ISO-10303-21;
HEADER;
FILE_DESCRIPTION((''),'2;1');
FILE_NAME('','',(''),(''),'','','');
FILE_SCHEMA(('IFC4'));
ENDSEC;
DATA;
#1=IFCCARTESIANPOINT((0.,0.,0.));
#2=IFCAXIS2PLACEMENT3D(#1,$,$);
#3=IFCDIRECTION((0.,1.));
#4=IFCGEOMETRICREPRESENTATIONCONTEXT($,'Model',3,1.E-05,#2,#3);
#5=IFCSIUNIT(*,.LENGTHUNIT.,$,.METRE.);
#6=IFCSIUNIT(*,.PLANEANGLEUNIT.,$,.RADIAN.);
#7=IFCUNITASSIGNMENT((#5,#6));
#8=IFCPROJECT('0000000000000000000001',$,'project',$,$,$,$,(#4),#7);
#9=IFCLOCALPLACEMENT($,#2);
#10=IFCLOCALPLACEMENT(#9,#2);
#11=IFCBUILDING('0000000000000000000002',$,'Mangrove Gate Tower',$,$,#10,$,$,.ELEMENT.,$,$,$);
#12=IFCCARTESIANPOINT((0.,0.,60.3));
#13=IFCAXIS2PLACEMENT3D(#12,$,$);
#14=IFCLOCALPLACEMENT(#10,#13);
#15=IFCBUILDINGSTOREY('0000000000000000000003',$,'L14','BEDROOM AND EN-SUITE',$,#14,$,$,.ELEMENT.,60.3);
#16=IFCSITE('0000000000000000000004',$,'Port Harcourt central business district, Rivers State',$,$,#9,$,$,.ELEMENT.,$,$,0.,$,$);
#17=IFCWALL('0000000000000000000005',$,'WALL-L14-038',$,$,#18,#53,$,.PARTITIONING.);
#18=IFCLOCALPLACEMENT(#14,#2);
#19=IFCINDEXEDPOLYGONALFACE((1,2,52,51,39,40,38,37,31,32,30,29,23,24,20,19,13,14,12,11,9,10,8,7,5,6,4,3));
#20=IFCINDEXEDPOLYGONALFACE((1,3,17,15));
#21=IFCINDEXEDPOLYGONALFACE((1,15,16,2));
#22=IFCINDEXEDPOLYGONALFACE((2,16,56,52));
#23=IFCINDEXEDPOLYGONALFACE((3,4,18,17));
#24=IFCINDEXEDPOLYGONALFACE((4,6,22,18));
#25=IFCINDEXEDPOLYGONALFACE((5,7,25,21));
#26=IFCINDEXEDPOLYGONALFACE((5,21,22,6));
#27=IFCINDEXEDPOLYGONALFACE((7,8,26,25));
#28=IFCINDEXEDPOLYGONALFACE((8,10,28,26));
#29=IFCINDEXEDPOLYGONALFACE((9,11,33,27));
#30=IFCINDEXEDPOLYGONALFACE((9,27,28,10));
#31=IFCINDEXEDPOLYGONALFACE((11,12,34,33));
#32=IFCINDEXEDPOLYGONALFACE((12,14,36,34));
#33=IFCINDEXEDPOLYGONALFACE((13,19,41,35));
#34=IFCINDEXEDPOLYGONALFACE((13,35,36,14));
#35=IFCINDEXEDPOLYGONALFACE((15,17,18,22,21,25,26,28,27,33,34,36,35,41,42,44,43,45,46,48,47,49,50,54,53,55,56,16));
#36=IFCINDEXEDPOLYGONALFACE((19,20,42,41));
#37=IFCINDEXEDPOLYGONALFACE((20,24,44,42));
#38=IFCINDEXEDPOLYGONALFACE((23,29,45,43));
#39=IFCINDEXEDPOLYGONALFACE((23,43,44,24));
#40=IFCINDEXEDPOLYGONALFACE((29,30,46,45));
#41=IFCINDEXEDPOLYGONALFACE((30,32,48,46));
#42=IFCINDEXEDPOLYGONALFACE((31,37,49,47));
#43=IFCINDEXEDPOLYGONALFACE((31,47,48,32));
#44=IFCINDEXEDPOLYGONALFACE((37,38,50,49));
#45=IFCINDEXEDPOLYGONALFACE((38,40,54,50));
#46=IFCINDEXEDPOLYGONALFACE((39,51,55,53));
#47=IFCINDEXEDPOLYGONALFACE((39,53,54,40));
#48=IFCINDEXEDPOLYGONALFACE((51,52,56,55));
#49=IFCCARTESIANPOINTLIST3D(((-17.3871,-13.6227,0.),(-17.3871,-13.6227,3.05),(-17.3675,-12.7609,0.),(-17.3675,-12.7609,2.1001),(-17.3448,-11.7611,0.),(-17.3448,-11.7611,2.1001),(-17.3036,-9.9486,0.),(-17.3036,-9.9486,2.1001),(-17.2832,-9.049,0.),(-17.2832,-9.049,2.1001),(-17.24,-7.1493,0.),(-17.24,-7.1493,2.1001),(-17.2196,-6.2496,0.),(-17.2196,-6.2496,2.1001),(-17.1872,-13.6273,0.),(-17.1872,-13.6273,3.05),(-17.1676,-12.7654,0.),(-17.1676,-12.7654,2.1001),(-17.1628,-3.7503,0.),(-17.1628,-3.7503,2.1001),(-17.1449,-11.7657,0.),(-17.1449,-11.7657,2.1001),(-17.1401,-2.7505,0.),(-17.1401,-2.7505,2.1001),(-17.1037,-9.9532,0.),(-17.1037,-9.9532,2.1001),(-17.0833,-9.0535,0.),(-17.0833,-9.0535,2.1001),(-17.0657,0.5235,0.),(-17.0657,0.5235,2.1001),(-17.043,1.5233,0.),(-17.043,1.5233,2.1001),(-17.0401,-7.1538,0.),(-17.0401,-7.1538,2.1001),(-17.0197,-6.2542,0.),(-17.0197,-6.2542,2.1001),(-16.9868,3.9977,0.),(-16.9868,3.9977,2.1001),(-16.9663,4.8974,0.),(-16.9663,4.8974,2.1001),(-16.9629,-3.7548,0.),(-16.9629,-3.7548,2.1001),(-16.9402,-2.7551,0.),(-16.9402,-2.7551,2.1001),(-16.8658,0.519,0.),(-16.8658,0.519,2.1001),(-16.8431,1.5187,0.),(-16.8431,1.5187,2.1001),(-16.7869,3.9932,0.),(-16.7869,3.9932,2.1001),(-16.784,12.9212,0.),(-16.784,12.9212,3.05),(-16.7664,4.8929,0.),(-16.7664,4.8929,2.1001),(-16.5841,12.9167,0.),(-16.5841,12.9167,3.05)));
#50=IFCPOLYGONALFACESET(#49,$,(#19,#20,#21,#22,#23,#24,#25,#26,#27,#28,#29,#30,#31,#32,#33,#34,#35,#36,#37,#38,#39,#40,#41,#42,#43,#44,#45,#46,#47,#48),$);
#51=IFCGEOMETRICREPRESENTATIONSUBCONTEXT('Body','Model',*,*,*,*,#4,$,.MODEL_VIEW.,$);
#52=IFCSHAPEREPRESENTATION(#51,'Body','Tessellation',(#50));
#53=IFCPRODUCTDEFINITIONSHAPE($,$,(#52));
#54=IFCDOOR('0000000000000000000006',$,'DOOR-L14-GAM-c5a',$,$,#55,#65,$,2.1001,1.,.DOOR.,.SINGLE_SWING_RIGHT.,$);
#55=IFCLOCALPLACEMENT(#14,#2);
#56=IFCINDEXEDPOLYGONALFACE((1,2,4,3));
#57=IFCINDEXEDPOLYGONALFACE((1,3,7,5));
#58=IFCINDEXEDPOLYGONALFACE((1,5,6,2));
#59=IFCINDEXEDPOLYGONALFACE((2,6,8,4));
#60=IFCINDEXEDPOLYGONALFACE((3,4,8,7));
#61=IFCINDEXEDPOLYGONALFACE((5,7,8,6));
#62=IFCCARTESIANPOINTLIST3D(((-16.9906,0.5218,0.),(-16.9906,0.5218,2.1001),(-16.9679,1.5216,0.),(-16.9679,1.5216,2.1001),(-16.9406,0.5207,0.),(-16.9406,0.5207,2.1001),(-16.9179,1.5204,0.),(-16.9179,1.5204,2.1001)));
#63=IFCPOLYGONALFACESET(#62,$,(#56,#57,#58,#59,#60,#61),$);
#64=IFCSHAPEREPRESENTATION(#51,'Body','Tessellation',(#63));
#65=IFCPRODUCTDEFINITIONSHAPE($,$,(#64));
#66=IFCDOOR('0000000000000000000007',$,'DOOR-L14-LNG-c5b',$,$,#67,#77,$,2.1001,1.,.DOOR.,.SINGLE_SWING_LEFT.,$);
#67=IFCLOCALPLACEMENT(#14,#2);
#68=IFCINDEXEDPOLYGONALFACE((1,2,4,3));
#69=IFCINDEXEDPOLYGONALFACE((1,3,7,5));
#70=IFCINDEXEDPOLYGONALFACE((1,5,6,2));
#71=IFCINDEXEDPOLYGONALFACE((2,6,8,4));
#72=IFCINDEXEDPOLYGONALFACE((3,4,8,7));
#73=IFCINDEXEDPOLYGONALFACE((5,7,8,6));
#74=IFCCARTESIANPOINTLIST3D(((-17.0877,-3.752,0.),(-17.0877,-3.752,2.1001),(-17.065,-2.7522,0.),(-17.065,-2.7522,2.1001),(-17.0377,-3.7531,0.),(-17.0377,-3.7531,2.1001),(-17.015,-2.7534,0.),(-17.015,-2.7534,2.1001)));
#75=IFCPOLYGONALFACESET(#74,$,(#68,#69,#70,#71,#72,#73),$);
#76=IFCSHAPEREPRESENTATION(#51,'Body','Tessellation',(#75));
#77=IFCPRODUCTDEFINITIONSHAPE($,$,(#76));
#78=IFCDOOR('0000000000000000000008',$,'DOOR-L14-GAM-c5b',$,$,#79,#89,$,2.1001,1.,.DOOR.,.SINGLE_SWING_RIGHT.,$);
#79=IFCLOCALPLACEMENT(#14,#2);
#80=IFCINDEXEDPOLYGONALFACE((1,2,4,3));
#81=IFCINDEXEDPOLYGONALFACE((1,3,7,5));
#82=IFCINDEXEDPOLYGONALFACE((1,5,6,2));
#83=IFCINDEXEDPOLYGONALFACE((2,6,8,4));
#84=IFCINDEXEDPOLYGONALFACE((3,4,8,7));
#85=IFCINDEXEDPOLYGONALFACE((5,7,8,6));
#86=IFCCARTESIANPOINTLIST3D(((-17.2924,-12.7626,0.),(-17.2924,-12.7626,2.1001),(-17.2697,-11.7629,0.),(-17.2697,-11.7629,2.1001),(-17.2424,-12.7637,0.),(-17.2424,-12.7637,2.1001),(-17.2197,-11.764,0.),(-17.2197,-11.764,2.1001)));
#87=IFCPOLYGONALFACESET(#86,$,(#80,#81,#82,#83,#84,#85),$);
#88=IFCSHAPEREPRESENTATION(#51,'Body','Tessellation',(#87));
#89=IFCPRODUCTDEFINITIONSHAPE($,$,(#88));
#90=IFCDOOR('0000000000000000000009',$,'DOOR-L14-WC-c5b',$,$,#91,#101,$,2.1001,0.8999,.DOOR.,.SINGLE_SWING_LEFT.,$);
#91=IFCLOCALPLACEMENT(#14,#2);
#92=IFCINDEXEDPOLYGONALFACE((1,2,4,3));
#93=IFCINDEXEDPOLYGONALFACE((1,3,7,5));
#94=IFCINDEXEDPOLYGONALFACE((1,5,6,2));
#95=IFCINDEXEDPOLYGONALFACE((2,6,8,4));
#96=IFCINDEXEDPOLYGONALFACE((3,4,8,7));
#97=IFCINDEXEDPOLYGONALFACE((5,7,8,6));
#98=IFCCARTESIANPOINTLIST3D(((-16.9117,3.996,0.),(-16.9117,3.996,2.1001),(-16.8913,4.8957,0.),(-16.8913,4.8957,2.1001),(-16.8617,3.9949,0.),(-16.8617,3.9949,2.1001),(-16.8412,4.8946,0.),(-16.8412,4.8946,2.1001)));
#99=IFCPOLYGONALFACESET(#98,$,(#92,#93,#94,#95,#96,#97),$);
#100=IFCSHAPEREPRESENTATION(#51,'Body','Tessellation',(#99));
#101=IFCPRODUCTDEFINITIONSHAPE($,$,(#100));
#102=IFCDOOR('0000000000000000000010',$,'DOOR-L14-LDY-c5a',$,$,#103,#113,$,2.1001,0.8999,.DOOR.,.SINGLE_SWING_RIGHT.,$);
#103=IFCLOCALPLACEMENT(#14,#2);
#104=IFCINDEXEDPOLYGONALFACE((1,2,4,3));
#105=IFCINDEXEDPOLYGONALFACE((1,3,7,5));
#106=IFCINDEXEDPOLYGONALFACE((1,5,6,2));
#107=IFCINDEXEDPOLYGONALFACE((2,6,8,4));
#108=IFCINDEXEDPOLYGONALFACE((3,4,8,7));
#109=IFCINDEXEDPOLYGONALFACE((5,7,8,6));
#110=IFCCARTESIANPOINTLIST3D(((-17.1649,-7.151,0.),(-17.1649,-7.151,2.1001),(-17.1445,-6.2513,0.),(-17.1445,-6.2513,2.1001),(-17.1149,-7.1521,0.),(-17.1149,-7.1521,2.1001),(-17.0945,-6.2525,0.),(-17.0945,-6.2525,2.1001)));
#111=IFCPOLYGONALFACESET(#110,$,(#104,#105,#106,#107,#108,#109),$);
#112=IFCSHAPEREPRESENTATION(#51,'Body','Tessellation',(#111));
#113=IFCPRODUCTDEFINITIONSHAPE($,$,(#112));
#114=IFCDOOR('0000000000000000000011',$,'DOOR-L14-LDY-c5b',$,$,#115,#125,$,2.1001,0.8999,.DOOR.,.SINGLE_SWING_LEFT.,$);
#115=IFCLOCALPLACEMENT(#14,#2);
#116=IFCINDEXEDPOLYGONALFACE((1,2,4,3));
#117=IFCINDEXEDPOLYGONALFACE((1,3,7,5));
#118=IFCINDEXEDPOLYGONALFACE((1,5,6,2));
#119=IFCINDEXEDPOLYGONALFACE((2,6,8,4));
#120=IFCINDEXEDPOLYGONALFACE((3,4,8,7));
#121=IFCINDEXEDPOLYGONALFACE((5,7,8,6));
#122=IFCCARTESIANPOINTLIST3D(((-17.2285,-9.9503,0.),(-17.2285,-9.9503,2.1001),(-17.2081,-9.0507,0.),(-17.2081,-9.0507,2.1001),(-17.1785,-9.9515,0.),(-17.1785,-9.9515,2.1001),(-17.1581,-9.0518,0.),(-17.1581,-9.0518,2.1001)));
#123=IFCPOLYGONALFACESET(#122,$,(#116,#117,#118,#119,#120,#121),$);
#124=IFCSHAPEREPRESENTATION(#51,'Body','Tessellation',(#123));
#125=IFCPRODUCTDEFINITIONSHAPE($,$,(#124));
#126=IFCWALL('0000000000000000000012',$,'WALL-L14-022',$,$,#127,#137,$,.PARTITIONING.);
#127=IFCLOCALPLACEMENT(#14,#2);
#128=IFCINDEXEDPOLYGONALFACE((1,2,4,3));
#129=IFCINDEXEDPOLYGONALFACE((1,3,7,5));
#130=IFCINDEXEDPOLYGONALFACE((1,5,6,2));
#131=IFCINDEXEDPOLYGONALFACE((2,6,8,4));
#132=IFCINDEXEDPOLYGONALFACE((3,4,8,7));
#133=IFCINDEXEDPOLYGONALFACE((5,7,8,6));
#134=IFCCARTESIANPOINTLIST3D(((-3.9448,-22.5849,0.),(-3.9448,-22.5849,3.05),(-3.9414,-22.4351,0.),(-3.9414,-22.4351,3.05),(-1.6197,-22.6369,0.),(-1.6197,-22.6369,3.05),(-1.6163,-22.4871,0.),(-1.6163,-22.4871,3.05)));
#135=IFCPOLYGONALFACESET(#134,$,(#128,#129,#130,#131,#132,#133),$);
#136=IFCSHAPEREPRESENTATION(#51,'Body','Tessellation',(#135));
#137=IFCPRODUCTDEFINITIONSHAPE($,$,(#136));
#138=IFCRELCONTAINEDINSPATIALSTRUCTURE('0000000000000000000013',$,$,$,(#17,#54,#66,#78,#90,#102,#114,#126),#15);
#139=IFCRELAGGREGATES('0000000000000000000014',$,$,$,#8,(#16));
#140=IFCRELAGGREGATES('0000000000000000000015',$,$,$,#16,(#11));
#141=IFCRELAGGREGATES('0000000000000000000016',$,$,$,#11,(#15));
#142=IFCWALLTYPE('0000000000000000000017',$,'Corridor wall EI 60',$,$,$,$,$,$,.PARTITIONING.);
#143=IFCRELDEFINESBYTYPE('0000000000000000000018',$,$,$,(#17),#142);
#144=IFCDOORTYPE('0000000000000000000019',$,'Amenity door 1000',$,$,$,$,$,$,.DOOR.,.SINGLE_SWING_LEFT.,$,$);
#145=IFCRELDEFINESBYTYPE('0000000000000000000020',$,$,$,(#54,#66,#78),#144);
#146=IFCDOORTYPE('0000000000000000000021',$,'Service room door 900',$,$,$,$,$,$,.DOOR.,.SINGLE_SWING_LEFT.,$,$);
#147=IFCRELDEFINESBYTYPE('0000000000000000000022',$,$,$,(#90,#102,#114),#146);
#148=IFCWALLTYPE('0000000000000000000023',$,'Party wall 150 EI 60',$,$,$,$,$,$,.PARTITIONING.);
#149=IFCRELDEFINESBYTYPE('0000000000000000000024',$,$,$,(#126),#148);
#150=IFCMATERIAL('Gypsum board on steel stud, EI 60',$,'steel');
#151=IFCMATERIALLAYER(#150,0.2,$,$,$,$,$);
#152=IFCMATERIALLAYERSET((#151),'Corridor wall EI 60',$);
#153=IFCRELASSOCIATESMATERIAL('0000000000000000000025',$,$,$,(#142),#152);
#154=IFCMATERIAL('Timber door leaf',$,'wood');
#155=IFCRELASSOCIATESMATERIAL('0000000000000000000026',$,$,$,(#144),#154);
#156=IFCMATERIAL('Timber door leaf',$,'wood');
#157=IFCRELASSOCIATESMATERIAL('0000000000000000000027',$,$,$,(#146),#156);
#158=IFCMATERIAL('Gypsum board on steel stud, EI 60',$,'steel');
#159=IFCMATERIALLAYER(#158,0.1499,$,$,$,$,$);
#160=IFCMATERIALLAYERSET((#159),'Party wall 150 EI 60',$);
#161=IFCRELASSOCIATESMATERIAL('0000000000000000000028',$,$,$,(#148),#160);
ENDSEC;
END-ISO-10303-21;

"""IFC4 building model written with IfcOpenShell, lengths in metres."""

from ifc_helpers import new_model, si_unit, direction, frame, frame_2d, origin, place, context, subcontext, project, spatial, rectangle, extrude, material, layer, layer_set, type_object, element, fill, save


model = new_model("IFC4")

# Units and contexts
model_context = context("Model", 3, precision=1e-05, world=origin(), true_north=direction((0.0, 1.0)))
body_context = subcontext(model_context, "Body", "Model", "MODEL_VIEW")
ifc_project = project(units=[si_unit("LENGTHUNIT", "METRE"), si_unit("PLANEANGLEUNIT", "RADIAN")], contexts=[model_context])

# Site, building, storey
site_placement = place(None, origin())
site = spatial("IfcSite", under=ifc_project, at=site_placement, Name="Port Harcourt central business district, Rivers State", CompositionType="ELEMENT", RefElevation=0.0)
building_placement = place(site_placement, origin())
building = spatial("IfcBuilding", under=site, at=building_placement, Name="Mangrove Gate Tower", CompositionType="ELEMENT")
storey_placement = place(building_placement, frame((0.0, 0.0, 60.3)))
storey = spatial("IfcBuildingStorey", under=building, at=storey_placement, Name="L14", Description="BEDROOM AND EN-SUITE", CompositionType="ELEMENT", Elevation=60.3)

# Wall, openings, doors
ifc_material_1 = material(Name="Gypsum board on steel stud, EI 60", Category="steel")
ifc_layer_1 = layer(ifc_material_1, 0.2)
ifc_layer_set_1 = layer_set([ifc_layer_1], Name="Corridor wall EI 60")
wall_type_1 = type_object("IfcWallType", Name="Corridor wall EI 60", PredefinedType="PARTITIONING", material=ifc_layer_set_1)
wall_1_placement = place(storey_placement, frame((-17.2871, -13.625, 0.0), z_axis=(0.0, 0.0, 1.0), x_axis=(0.022712, 0.999742, 0.0)))
wall_1 = element("IfcWall", 1, at=wall_1_placement, inside=storey, type_object=wall_type_1, Name="WALL-L14-038", PredefinedType="PARTITIONING", context=body_context, shape_type="SweptSolid", body=[
    extrude(rectangle(XDim=26.5508, YDim=0.2, at=frame_2d((13.2754, 0.0))), origin(), (0.0, 0.0, 1.0), 3.05),
])
opening_1_placement = place(wall_1_placement, frame((14.1499, 0.0, 0.0)))
opening_1 = element("IfcOpeningElement", 2, at=opening_1_placement, cuts=wall_1, PredefinedType="OPENING", context=body_context, shape_type="SweptSolid", body=[
    extrude(rectangle(XDim=1.0, YDim=2.1001, at=frame_2d((0.5, 1.05))), frame((0.0, 0.1099, 0.0), z_axis=(0.0, -1.0, 0.0), x_axis=(1.0, 0.0, 0.0)), (0.0, 0.0, 1.0), 0.22),
])
opening_2_placement = place(wall_1_placement, frame((17.625, 0.0, 0.0)))
opening_2 = element("IfcOpeningElement", 3, at=opening_2_placement, cuts=wall_1, PredefinedType="OPENING", context=body_context, shape_type="SweptSolid", body=[
    extrude(rectangle(XDim=0.8999, YDim=2.1001, at=frame_2d((0.45, 1.05))), frame((0.0, 0.1099, 0.0), z_axis=(0.0, -1.0, 0.0), x_axis=(1.0, 0.0, 0.0)), (0.0, 0.0, 1.0), 0.22),
])
opening_3_placement = place(wall_1_placement, frame((9.875, 0.0, 0.0)))
opening_3 = element("IfcOpeningElement", 4, at=opening_3_placement, cuts=wall_1, PredefinedType="OPENING", context=body_context, shape_type="SweptSolid", body=[
    extrude(rectangle(XDim=1.0, YDim=2.1001, at=frame_2d((0.5, 1.05))), frame((0.0, 0.1099, 0.0), z_axis=(0.0, -1.0, 0.0), x_axis=(1.0, 0.0, 0.0)), (0.0, 0.0, 1.0), 0.22),
])
opening_4_placement = place(wall_1_placement, frame((6.4751, 0.0, 0.0)))
opening_4 = element("IfcOpeningElement", 5, at=opening_4_placement, cuts=wall_1, PredefinedType="OPENING", context=body_context, shape_type="SweptSolid", body=[
    extrude(rectangle(XDim=0.8999, YDim=2.1001, at=frame_2d((0.45, 1.05))), frame((0.0, 0.1099, 0.0), z_axis=(0.0, -1.0, 0.0), x_axis=(1.0, 0.0, 0.0)), (0.0, 0.0, 1.0), 0.22),
])
opening_5_placement = place(wall_1_placement, frame((0.8621, 0.0, 0.0)))
opening_5 = element("IfcOpeningElement", 6, at=opening_5_placement, cuts=wall_1, PredefinedType="OPENING", context=body_context, shape_type="SweptSolid", body=[
    extrude(rectangle(XDim=1.0, YDim=2.1001, at=frame_2d((0.5, 1.05))), frame((0.0, 0.1099, 0.0), z_axis=(0.0, -1.0, 0.0), x_axis=(1.0, 0.0, 0.0)), (0.0, 0.0, 1.0), 0.22),
])
opening_6_placement = place(wall_1_placement, frame((3.675, 0.0, 0.0)))
opening_6 = element("IfcOpeningElement", 7, at=opening_6_placement, cuts=wall_1, PredefinedType="OPENING", context=body_context, shape_type="SweptSolid", body=[
    extrude(rectangle(XDim=0.8999, YDim=2.1001, at=frame_2d((0.45, 1.05))), frame((0.0, 0.1099, 0.0), z_axis=(0.0, -1.0, 0.0), x_axis=(1.0, 0.0, 0.0)), (0.0, 0.0, 1.0), 0.22),
])
ifc_material_2 = material(Name="Timber door leaf", Category="wood")
door_type_1 = type_object("IfcDoorType", Name="Amenity door 1000", OperationType="SINGLE_SWING_LEFT", PredefinedType="DOOR", material=ifc_material_2)
door_1_placement = place(opening_1_placement, origin())
door_1 = element("IfcDoor", 8, at=door_1_placement, inside=storey, type_object=door_type_1, Name="DOOR-L14-GAM-c5a", OperationType="SINGLE_SWING_RIGHT", OverallHeight=2.1001, OverallWidth=1.0, PredefinedType="DOOR", context=body_context, shape_type="SweptSolid", body=[
    extrude(rectangle(XDim=1.0, YDim=2.1001, at=frame_2d((0.5, 1.05))), frame((0.0, 0.0249, 0.0), z_axis=(0.0, -1.0, 0.0), x_axis=(1.0, 0.0, 0.0)), (0.0, 0.0, 1.0), 0.05),
])
fill(opening_1, door_1)
door_2_placement = place(opening_3_placement, origin())
door_2 = element("IfcDoor", 9, at=door_2_placement, inside=storey, type_object=door_type_1, Name="DOOR-L14-LNG-c5b", OperationType="SINGLE_SWING_LEFT", OverallHeight=2.1001, OverallWidth=1.0, PredefinedType="DOOR", context=body_context, shape_type="SweptSolid", body=[
    extrude(rectangle(XDim=1.0, YDim=2.1001, at=frame_2d((0.5, 1.05))), frame((0.0, 0.0249, 0.0), z_axis=(0.0, -1.0, 0.0), x_axis=(1.0, 0.0, 0.0)), (0.0, 0.0, 1.0), 0.05),
])
fill(opening_3, door_2)
door_3_placement = place(opening_5_placement, origin())
door_3 = element("IfcDoor", 10, at=door_3_placement, inside=storey, type_object=door_type_1, Name="DOOR-L14-GAM-c5b", OperationType="SINGLE_SWING_RIGHT", OverallHeight=2.1001, OverallWidth=1.0, PredefinedType="DOOR", context=body_context, shape_type="SweptSolid", body=[
    extrude(rectangle(XDim=1.0, YDim=2.1001, at=frame_2d((0.5, 1.05))), frame((0.0, 0.0249, 0.0), z_axis=(0.0, -1.0, 0.0), x_axis=(1.0, 0.0, 0.0)), (0.0, 0.0, 1.0), 0.05),
])
fill(opening_5, door_3)
ifc_material_3 = material(Name="Timber door leaf", Category="wood")
door_type_2 = type_object("IfcDoorType", Name="Service room door 900", OperationType="SINGLE_SWING_LEFT", PredefinedType="DOOR", material=ifc_material_3)
door_4_placement = place(opening_2_placement, origin())
door_4 = element("IfcDoor", 11, at=door_4_placement, inside=storey, type_object=door_type_2, Name="DOOR-L14-WC-c5b", OperationType="SINGLE_SWING_LEFT", OverallHeight=2.1001, OverallWidth=0.8999, PredefinedType="DOOR", context=body_context, shape_type="SweptSolid", body=[
    extrude(rectangle(XDim=0.8999, YDim=2.1001, at=frame_2d((0.45, 1.05))), frame((0.0, 0.0249, 0.0), z_axis=(0.0, -1.0, 0.0), x_axis=(1.0, 0.0, 0.0)), (0.0, 0.0, 1.0), 0.05),
])
fill(opening_2, door_4)
door_5_placement = place(opening_4_placement, origin())
door_5 = element("IfcDoor", 12, at=door_5_placement, inside=storey, type_object=door_type_2, Name="DOOR-L14-LDY-c5a", OperationType="SINGLE_SWING_RIGHT", OverallHeight=2.1001, OverallWidth=0.8999, PredefinedType="DOOR", context=body_context, shape_type="SweptSolid", body=[
    extrude(rectangle(XDim=0.8999, YDim=2.1001, at=frame_2d((0.45, 1.05))), frame((0.0, 0.0249, 0.0), z_axis=(0.0, -1.0, 0.0), x_axis=(1.0, 0.0, 0.0)), (0.0, 0.0, 1.0), 0.05),
])
fill(opening_4, door_5)
door_6_placement = place(opening_6_placement, origin())
door_6 = element("IfcDoor", 13, at=door_6_placement, inside=storey, type_object=door_type_2, Name="DOOR-L14-LDY-c5b", OperationType="SINGLE_SWING_LEFT", OverallHeight=2.1001, OverallWidth=0.8999, PredefinedType="DOOR", context=body_context, shape_type="SweptSolid", body=[
    extrude(rectangle(XDim=0.8999, YDim=2.1001, at=frame_2d((0.45, 1.05))), frame((0.0, 0.0249, 0.0), z_axis=(0.0, -1.0, 0.0), x_axis=(1.0, 0.0, 0.0)), (0.0, 0.0, 1.0), 0.05),
])
fill(opening_6, door_6)

# Wall
ifc_material_4 = material(Name="Gypsum board on steel stud, EI 60", Category="steel")
ifc_layer_2 = layer(ifc_material_4, 0.1499)
ifc_layer_set_2 = layer_set([ifc_layer_2], Name="Party wall 150 EI 60")
wall_type_2 = type_object("IfcWallType", Name="Party wall 150 EI 60", PredefinedType="PARTITIONING", material=ifc_layer_set_2)
wall_2_placement = place(storey_placement, frame((-3.9431, -22.51, 0.0), z_axis=(0.0, 0.0, 1.0), x_axis=(0.99975, -0.022359, 0.0)))
element("IfcWall", 14, at=wall_2_placement, inside=storey, type_object=wall_type_2, Name="WALL-L14-022", PredefinedType="PARTITIONING", context=body_context, shape_type="SweptSolid", body=[
    extrude(rectangle(XDim=2.3257, YDim=0.1499, at=frame_2d((1.1628, 0.0))), origin(), (0.0, 0.0, 1.0), 3.05),
])

save(model, "model.ifc")
